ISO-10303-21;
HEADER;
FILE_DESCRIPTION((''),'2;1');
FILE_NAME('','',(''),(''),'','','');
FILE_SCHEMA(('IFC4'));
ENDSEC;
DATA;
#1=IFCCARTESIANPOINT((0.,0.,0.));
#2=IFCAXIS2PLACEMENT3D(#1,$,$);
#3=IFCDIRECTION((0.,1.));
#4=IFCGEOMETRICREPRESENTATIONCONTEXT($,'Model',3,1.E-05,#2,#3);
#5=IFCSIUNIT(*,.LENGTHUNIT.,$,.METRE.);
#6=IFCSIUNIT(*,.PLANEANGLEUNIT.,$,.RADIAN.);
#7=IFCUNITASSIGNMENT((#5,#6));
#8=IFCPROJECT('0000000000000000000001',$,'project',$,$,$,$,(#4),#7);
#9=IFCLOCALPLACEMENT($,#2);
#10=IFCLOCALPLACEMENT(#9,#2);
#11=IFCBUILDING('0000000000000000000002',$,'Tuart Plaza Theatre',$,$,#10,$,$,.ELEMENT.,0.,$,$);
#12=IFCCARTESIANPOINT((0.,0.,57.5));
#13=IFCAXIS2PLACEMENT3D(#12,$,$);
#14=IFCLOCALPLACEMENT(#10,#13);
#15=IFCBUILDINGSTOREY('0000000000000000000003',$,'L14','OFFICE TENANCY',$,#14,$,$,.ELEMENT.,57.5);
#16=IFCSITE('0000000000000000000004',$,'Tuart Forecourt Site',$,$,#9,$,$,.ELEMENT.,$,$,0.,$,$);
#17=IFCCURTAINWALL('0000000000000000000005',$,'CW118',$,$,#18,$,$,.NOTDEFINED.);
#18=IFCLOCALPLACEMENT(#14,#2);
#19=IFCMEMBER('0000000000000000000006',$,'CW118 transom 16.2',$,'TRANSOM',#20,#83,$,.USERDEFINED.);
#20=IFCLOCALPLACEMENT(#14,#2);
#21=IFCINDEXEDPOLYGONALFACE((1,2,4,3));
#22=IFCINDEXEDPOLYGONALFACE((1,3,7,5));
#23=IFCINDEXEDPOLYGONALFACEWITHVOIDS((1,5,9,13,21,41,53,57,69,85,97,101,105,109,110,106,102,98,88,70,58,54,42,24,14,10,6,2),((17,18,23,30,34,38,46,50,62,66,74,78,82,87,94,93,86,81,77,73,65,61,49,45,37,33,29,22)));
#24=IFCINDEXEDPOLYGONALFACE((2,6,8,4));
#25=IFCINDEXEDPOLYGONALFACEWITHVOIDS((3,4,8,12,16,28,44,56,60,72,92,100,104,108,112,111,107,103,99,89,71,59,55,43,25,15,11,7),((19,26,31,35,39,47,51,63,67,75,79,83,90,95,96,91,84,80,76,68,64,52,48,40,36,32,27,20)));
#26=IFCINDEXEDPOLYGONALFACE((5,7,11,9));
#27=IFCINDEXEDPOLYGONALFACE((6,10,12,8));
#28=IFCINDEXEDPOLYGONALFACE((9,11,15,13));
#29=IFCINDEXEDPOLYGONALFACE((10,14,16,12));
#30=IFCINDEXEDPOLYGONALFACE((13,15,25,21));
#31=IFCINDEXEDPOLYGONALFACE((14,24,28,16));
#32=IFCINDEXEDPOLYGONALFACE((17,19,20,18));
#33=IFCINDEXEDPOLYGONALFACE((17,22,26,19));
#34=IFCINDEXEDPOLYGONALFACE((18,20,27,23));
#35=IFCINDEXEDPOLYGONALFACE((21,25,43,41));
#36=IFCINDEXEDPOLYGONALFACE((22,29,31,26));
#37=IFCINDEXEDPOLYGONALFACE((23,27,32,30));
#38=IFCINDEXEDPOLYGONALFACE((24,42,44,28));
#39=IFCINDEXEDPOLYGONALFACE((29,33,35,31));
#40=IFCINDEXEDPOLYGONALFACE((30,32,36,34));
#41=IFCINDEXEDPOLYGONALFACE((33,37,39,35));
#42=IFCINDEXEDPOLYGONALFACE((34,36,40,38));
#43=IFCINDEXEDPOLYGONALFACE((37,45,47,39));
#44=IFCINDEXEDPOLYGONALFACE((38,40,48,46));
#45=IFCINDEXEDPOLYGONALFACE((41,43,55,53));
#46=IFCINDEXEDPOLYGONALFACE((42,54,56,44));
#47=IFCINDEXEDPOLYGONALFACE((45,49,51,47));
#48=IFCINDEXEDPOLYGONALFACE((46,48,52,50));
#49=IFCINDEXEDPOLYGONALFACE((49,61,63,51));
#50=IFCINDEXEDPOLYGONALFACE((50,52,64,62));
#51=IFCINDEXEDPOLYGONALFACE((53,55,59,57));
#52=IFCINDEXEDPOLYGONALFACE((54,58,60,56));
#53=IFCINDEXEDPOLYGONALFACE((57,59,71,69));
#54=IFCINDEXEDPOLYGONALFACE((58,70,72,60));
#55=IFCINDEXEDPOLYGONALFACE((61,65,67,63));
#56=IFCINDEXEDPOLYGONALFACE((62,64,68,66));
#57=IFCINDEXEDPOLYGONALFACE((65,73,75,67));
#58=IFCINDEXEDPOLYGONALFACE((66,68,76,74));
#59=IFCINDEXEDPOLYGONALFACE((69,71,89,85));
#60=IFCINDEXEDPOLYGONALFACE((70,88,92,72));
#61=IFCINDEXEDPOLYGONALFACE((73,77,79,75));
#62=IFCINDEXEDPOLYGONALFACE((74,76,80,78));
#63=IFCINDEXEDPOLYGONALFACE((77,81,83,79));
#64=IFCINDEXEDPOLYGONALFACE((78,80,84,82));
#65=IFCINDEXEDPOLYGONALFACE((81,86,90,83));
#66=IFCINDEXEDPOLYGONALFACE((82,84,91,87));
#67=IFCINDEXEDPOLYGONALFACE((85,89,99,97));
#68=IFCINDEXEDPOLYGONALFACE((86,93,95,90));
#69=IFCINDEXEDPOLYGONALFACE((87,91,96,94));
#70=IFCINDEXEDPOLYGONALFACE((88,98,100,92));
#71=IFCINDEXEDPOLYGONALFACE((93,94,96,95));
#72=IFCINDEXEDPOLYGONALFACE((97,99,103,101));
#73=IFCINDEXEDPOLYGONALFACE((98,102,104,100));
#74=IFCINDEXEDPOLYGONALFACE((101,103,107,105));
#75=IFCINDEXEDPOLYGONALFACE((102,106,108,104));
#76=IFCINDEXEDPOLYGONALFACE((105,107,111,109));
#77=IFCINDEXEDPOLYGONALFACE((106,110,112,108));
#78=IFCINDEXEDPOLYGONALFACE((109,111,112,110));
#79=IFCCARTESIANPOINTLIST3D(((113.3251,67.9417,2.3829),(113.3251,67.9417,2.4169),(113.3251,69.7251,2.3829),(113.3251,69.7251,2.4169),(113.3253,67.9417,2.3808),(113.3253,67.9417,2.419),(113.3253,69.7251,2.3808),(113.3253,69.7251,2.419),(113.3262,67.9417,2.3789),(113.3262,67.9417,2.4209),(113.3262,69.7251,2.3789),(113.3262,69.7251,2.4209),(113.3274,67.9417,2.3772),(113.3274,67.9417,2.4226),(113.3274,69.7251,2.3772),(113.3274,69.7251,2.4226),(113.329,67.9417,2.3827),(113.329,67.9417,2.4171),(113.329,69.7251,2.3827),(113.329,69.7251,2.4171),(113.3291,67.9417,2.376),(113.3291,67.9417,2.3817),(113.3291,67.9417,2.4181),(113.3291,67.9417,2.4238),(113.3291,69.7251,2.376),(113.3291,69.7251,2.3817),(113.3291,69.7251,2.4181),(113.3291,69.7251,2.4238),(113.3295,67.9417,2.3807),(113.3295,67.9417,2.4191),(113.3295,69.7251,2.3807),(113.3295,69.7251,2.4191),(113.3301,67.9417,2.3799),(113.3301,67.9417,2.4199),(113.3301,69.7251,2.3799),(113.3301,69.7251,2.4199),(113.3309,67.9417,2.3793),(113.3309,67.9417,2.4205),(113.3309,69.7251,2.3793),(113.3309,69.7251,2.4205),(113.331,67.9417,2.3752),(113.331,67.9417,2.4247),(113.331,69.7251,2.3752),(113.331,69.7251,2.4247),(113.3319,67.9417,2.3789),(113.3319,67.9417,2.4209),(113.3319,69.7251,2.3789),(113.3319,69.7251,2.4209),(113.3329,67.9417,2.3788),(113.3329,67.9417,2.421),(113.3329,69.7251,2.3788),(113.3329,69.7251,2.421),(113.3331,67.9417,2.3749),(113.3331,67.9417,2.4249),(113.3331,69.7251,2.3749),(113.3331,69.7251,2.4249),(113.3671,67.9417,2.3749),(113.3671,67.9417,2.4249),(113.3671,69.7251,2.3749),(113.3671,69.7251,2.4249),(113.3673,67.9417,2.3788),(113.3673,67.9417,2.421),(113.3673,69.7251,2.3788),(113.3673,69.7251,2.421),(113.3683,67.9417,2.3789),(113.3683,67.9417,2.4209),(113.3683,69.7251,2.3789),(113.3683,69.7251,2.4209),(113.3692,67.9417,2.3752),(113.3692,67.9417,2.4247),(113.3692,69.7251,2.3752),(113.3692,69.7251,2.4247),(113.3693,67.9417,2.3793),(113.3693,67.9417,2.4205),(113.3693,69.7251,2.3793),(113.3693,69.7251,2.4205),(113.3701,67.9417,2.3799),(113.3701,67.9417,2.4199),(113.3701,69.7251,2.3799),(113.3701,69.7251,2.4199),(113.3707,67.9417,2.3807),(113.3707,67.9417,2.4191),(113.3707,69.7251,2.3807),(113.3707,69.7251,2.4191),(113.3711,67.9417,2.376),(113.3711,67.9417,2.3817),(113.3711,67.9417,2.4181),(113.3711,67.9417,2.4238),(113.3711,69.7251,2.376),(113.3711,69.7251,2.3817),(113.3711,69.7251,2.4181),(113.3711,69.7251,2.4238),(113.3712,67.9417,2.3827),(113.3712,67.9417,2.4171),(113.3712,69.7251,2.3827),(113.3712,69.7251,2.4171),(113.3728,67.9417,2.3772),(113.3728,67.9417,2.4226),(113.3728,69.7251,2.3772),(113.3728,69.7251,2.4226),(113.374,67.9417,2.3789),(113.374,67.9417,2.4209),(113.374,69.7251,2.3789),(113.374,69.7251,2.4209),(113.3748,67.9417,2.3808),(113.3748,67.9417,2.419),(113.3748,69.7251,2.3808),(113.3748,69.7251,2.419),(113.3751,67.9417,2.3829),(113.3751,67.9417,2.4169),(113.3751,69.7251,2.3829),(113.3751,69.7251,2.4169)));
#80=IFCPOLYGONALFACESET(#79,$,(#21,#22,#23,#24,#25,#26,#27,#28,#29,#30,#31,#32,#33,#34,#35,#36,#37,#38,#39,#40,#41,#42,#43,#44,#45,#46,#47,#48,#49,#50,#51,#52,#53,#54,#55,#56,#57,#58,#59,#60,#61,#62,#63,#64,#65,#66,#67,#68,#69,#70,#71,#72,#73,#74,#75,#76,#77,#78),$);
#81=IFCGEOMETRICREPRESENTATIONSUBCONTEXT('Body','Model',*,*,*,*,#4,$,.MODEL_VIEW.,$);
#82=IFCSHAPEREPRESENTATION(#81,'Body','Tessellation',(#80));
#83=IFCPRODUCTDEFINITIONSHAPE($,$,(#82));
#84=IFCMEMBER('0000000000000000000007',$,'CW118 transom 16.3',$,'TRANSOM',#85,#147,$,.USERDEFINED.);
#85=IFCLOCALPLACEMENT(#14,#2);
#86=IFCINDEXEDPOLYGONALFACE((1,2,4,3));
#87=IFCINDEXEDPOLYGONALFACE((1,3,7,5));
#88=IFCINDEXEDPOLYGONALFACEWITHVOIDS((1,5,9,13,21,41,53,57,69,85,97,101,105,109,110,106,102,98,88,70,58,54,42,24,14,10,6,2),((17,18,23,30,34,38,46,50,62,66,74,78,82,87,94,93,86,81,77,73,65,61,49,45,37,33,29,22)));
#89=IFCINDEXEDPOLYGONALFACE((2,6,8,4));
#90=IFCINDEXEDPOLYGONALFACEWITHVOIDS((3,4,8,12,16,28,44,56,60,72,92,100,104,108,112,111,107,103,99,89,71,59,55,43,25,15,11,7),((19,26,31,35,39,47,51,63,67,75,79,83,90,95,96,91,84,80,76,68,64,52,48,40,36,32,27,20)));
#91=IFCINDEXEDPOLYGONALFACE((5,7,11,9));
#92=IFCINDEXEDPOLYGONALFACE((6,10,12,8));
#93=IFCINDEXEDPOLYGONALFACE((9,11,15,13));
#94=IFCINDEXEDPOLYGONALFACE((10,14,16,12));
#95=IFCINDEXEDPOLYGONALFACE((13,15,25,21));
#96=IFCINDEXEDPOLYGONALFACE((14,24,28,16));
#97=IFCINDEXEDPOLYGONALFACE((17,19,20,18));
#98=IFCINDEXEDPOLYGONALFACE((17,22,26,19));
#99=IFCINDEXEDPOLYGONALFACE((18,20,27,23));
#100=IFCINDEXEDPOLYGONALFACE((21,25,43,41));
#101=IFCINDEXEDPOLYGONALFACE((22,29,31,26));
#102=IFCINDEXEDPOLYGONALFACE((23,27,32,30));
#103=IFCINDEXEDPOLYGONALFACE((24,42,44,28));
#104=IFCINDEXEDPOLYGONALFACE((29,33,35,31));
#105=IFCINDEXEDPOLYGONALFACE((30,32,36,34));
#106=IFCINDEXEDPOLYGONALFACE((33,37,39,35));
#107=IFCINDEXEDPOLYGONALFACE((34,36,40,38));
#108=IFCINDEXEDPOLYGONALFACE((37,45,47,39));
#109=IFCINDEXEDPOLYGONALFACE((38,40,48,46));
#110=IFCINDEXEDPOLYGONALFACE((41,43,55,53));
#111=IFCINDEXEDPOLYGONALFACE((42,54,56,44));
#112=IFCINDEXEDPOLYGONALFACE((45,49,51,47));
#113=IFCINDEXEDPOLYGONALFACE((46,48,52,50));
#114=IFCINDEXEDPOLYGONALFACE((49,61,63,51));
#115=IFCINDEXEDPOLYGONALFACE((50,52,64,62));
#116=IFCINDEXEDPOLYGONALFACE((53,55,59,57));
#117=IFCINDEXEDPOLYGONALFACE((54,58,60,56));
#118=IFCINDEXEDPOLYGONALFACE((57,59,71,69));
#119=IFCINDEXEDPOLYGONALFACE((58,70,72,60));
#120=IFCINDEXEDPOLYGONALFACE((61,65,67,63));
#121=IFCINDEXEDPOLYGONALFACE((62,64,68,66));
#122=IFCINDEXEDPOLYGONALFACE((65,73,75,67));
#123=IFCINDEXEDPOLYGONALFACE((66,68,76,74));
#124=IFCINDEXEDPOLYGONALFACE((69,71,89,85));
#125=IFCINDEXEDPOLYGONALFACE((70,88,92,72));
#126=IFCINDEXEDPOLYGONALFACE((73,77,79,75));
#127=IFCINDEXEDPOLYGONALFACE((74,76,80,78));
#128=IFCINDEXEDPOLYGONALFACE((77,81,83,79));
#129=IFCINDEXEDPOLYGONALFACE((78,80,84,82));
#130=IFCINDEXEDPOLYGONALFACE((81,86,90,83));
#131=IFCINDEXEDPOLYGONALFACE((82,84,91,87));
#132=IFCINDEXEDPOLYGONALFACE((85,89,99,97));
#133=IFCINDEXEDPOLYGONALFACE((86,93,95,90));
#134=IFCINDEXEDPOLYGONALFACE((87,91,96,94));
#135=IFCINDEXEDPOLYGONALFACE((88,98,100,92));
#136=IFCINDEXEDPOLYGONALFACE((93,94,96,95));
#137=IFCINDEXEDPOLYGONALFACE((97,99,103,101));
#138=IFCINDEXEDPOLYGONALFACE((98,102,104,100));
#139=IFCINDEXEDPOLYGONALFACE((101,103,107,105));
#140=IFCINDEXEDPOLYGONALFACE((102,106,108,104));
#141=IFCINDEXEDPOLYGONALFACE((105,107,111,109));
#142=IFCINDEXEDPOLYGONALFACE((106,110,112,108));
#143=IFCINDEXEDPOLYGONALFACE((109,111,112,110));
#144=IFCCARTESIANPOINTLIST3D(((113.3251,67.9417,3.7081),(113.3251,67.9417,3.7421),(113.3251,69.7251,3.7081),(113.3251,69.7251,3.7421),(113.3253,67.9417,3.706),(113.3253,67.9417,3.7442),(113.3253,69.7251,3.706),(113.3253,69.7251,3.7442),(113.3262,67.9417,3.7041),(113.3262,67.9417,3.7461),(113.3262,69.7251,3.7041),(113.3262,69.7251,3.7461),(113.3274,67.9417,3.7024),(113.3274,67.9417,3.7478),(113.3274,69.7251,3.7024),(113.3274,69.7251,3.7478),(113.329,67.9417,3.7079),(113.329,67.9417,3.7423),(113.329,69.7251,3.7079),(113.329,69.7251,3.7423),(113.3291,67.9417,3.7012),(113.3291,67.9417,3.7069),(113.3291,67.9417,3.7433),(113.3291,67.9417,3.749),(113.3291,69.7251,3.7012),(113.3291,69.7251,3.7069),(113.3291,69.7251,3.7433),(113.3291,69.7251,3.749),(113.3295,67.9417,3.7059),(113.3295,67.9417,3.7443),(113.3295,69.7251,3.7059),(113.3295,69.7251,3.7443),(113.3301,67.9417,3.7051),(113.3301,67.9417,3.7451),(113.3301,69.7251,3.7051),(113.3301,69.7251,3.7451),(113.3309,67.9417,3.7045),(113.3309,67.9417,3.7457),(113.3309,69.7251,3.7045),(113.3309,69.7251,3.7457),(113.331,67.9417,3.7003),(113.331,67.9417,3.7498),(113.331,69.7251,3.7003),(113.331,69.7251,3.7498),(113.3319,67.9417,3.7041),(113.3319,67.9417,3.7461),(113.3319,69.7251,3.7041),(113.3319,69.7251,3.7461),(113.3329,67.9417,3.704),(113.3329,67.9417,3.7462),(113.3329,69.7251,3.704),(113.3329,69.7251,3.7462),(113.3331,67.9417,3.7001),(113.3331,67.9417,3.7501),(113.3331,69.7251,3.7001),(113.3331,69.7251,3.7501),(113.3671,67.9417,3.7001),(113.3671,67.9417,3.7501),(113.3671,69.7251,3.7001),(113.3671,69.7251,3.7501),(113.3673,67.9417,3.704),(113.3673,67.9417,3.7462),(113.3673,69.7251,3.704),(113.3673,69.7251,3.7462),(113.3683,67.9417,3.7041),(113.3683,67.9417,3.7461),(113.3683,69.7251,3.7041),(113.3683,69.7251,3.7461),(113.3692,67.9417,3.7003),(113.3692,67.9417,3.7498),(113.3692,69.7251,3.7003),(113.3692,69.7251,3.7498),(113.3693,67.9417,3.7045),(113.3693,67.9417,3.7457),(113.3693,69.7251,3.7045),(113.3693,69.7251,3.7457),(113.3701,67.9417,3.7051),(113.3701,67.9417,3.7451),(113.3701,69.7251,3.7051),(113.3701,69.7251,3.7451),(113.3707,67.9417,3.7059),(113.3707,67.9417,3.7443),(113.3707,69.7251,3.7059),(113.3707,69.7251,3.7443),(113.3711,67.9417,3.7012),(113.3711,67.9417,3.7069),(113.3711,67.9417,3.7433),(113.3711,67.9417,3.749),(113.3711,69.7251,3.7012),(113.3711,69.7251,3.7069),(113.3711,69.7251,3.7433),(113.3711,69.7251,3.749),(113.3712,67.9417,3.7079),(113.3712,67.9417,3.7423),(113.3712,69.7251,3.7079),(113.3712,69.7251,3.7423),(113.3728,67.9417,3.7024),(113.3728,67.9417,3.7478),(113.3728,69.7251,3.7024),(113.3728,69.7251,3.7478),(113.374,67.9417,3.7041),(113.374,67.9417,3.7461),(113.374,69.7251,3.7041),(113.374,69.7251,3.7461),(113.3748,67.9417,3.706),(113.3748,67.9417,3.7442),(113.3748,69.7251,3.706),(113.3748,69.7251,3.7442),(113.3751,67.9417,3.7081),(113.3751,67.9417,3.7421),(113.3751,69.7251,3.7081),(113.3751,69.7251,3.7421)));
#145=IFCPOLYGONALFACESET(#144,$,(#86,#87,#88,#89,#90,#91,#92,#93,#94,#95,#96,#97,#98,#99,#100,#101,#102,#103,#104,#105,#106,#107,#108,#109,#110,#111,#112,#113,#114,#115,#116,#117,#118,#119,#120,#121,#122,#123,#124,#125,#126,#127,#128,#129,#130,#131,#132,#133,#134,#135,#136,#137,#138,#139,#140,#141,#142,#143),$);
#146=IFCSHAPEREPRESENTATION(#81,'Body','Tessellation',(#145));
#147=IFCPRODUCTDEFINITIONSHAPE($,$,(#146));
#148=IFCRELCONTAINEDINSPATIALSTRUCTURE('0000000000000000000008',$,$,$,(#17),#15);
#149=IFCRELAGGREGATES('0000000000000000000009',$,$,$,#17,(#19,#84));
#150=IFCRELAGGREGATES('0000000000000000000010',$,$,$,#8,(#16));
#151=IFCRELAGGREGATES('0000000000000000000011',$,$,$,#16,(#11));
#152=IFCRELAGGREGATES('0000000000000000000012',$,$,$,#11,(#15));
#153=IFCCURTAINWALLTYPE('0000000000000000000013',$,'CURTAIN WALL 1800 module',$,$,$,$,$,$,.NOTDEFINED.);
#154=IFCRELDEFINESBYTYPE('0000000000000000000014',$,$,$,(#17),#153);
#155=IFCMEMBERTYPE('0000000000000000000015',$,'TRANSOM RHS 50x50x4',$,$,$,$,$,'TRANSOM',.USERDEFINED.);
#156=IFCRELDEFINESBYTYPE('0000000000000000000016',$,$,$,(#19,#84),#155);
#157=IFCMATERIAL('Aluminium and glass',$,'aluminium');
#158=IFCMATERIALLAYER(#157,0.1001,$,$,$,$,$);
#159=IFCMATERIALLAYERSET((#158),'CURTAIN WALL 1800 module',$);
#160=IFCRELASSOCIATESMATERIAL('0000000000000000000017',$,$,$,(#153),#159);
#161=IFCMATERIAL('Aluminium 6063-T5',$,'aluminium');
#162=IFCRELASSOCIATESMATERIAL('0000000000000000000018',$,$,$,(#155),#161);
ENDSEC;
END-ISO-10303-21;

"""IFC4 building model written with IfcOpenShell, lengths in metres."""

from ifc_helpers import new_model, si_unit, direction, frame, origin, origin_2d, place, context, subcontext, project, spatial, hollow_rectangle, extrude, material, layer, layer_set, material_profile, profile_set, type_object, element, aggregate, save


model = new_model("IFC4")

# Units and contexts
model_context = context("Model", 3, precision=1e-05, world=origin(), true_north=direction((0.0, 1.0)))
body_context = subcontext(model_context, "Body", "Model", "MODEL_VIEW")
ifc_project = project(units=[si_unit("LENGTHUNIT", "METRE"), si_unit("PLANEANGLEUNIT", "RADIAN")], contexts=[model_context])

# Site, building, storey
site_placement = place(None, origin())
site = spatial("IfcSite", under=ifc_project, at=site_placement, Name="Tuart Forecourt Site", CompositionType="ELEMENT", RefElevation=0.0)
building_placement = place(site_placement, origin())
building = spatial("IfcBuilding", under=site, at=building_placement, Name="Tuart Plaza Theatre", CompositionType="ELEMENT", ElevationOfRefHeight=0.0)
storey_placement = place(building_placement, frame((0.0, 0.0, 57.5)))
storey = spatial("IfcBuildingStorey", under=building, at=storey_placement, Name="L14", Description="OFFICE TENANCY", CompositionType="ELEMENT", Elevation=57.5)

# Curtain wall, members
ifc_material_1 = material(Name="Aluminium and glass", Category="aluminium")
ifc_layer_1 = layer(ifc_material_1, 0.1001)
ifc_layer_set_1 = layer_set([ifc_layer_1], Name="CURTAIN WALL 1800 module")
curtain_wall_type = type_object("IfcCurtainWallType", Name="CURTAIN WALL 1800 module", PredefinedType="NOTDEFINED", material=ifc_layer_set_1)
curtain_wall_placement = place(storey_placement, origin())
curtain_wall = element("IfcCurtainWall", 1, at=curtain_wall_placement, inside=storey, type_object=curtain_wall_type, Name="CW118", PredefinedType="NOTDEFINED")
ifc_material_2 = material(Name="Aluminium 6063-T5", Category="aluminium")
ifc_material_profile = material_profile(ifc_material_2, hollow_rectangle(XDim=0.05, YDim=0.05, WallThickness=0.0039, InnerFilletRadius=0.0039, OuterFilletRadius=0.0081, at=origin_2d()), Name="RHS 50x50x4")
ifc_profile_set = profile_set([ifc_material_profile], Name="Aluminium 6063-T5")
member_type = type_object("IfcMemberType", Name="TRANSOM RHS 50x50x4", ElementType="TRANSOM", PredefinedType="USERDEFINED", material=ifc_profile_set)
member_1_placement = place(storey_placement, frame((113.3501, 69.7251, 2.3999), z_axis=(0.0, -1.0, 0.0), x_axis=(1.0, 0.0, 0.0)))
member_1 = element("IfcMember", 2, at=member_1_placement, type_object=member_type, Name="CW118 transom 16.2", ObjectType="TRANSOM", PredefinedType="USERDEFINED", context=body_context, shape_type="SweptSolid", body=[
    extrude(hollow_rectangle(XDim=0.05, YDim=0.05, WallThickness=0.0039, InnerFilletRadius=0.0039, OuterFilletRadius=0.0081, at=origin_2d()), origin(), (0.0, 0.0, 1.0), 1.7834),
])
member_2_placement = place(storey_placement, frame((113.3501, 69.7251, 3.7251), z_axis=(0.0, -1.0, 0.0), x_axis=(1.0, 0.0, 0.0)))
member_2 = element("IfcMember", 3, at=member_2_placement, type_object=member_type, Name="CW118 transom 16.3", ObjectType="TRANSOM", PredefinedType="USERDEFINED", context=body_context, shape_type="SweptSolid", body=[
    extrude(hollow_rectangle(XDim=0.05, YDim=0.05, WallThickness=0.0039, InnerFilletRadius=0.0039, OuterFilletRadius=0.0081, at=origin_2d()), origin(), (0.0, 0.0, 1.0), 1.7834),
])
aggregate(curtain_wall, [member_1, member_2])

save(model, "model.ifc")
